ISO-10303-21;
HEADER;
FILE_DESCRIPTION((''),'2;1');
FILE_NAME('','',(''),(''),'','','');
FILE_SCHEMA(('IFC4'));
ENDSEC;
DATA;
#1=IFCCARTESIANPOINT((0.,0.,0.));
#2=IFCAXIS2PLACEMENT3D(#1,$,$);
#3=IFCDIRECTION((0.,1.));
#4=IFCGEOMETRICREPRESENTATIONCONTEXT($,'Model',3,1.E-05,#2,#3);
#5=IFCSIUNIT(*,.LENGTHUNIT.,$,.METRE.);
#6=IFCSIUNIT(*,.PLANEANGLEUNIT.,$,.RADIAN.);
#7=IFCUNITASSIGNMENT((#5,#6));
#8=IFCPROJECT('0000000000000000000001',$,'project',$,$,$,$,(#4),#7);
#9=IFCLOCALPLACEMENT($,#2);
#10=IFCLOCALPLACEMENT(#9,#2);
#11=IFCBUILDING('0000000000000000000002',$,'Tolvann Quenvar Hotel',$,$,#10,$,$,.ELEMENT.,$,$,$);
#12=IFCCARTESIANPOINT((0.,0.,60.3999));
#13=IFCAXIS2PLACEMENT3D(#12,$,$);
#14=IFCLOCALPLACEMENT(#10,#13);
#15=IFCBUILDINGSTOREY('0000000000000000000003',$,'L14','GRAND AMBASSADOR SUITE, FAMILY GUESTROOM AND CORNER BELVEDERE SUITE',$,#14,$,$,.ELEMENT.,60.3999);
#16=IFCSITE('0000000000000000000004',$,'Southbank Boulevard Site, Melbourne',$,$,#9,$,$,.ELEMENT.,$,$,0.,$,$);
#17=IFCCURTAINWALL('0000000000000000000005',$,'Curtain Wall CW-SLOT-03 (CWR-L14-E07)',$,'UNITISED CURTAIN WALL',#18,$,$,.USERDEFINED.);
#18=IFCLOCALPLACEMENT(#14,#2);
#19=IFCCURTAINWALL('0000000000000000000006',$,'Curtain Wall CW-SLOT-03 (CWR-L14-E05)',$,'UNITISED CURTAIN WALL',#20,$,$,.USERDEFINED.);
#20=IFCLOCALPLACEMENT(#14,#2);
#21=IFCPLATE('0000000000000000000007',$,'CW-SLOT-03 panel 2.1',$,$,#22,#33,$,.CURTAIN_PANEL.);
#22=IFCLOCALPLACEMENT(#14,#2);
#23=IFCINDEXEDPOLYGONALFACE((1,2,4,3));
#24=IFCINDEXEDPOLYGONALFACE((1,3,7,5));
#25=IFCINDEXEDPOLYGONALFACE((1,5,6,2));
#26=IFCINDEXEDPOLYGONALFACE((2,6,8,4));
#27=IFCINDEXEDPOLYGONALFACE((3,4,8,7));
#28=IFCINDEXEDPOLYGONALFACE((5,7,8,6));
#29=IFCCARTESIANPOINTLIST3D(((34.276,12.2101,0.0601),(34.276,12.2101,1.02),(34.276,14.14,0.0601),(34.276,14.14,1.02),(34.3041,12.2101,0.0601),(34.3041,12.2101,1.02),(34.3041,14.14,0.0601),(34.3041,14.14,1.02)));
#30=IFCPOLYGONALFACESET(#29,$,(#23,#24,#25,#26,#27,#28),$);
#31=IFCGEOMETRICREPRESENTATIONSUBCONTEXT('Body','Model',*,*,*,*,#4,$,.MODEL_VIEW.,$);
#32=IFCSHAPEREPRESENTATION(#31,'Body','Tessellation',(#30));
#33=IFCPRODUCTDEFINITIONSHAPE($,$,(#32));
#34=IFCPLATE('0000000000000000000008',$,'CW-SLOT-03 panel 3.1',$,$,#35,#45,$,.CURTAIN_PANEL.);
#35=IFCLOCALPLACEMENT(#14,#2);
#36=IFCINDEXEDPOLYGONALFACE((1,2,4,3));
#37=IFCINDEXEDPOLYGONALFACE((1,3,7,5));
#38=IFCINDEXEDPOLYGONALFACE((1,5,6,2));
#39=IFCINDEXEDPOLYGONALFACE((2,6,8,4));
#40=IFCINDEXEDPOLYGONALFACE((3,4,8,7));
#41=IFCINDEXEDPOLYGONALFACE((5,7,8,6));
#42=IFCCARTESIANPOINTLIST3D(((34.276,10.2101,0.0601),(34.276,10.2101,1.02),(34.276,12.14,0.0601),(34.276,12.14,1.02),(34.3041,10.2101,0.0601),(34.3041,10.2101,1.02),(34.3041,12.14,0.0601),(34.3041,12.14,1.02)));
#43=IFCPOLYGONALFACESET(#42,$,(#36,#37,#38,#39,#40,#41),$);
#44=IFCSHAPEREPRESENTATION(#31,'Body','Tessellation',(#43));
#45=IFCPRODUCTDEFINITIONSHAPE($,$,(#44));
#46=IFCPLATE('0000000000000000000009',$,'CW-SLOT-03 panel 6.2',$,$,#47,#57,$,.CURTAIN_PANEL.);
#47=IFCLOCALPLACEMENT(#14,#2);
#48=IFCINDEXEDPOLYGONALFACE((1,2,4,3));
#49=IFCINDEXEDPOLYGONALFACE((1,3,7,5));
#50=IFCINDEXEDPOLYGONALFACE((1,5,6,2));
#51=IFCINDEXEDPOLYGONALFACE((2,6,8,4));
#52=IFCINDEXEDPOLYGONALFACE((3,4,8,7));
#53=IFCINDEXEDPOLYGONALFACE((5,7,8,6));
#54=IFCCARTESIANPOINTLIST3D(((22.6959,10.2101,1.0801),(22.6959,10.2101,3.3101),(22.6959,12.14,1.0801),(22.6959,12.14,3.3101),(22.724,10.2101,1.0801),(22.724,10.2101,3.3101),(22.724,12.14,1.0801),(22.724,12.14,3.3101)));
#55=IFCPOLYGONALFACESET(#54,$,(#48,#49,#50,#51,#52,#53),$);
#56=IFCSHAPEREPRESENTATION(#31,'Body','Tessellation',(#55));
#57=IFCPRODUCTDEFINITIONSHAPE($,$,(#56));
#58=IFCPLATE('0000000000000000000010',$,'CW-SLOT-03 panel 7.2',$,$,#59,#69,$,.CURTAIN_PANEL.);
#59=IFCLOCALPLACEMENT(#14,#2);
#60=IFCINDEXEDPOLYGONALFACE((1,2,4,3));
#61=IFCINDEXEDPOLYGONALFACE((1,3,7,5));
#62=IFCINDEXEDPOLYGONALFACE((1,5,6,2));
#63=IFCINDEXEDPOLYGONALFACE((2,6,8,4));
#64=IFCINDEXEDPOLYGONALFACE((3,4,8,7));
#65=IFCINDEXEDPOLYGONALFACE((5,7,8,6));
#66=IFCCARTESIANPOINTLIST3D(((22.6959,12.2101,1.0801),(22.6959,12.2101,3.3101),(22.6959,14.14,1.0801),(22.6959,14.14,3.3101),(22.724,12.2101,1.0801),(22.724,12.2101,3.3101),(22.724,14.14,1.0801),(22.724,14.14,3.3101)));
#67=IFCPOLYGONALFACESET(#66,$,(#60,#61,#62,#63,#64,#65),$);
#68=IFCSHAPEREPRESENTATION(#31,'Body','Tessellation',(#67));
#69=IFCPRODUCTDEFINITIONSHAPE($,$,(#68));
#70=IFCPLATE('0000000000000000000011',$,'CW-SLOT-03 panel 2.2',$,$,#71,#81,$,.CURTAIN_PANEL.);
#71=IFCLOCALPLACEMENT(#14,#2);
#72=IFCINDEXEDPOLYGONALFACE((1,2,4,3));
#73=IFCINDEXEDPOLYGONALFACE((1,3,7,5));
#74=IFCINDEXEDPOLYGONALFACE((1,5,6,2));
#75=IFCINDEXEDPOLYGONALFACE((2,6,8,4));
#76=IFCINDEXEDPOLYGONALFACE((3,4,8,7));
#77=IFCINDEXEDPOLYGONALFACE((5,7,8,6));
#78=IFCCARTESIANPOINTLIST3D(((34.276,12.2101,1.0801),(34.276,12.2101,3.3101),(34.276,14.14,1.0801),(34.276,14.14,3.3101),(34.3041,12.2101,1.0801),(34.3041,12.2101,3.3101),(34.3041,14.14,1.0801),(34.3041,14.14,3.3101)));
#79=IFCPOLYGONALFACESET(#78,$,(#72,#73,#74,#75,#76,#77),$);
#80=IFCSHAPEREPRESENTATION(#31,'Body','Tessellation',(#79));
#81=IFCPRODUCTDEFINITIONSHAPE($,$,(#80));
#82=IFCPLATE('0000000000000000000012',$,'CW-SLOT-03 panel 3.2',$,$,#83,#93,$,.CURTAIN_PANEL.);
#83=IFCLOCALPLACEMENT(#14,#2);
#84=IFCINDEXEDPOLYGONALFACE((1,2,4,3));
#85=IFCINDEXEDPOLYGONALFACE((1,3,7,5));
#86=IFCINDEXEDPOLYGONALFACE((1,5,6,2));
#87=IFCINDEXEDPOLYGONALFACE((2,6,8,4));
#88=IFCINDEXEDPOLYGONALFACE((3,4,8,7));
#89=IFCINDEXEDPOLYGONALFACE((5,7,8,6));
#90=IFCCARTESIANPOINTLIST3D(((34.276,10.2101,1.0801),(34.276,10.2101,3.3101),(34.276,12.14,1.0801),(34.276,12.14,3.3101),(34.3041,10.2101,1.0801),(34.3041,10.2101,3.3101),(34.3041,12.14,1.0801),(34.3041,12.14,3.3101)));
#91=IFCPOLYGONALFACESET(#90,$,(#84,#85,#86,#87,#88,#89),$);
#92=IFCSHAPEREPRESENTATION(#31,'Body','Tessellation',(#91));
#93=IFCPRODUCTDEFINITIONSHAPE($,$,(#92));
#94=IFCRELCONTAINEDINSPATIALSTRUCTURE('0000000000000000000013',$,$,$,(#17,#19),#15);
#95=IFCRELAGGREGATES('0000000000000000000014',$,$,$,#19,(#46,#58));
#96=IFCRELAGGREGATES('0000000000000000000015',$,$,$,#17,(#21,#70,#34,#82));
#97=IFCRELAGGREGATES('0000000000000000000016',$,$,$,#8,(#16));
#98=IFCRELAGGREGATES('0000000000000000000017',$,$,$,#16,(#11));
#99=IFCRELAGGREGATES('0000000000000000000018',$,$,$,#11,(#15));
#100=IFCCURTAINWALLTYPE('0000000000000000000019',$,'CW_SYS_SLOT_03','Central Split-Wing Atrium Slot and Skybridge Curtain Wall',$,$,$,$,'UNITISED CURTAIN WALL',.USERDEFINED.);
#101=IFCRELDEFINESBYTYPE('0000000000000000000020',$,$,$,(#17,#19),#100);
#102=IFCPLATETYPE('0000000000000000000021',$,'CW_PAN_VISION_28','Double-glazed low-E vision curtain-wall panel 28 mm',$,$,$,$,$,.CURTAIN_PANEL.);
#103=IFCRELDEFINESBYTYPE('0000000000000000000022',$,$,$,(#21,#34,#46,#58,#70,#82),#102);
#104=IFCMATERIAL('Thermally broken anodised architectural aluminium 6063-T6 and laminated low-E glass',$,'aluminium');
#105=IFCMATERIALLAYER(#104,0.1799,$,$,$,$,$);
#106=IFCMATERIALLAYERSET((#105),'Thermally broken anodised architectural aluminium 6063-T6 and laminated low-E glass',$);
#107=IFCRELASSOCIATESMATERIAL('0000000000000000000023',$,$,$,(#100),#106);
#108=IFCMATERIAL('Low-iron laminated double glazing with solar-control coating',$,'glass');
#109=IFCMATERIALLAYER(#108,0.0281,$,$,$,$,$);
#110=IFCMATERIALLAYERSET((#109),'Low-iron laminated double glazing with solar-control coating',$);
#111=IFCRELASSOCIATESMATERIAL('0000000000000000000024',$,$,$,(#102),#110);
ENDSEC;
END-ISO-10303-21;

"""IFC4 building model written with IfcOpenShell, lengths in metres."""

from ifc_helpers import new_model, si_unit, direction, frame, origin, origin_2d, place, context, subcontext, project, spatial, rectangle, extrude, source, transform, mapped, material, layer, layer_set, type_object, element, aggregate, save


model = new_model("IFC4")

# Units and contexts
model_context = context("Model", 3, precision=1e-05, world=origin(), true_north=direction((0.0, 1.0)))
body_context = subcontext(model_context, "Body", "Model", "MODEL_VIEW")
ifc_project = project(units=[si_unit("LENGTHUNIT", "METRE"), si_unit("PLANEANGLEUNIT", "RADIAN")], contexts=[model_context])

# Site, building, storey
site_placement = place(None, origin())
site = spatial("IfcSite", under=ifc_project, at=site_placement, Name="Southbank Boulevard Site, Melbourne", CompositionType="ELEMENT", RefElevation=0.0)
building_placement = place(site_placement, origin())
building = spatial("IfcBuilding", under=site, at=building_placement, Name="Tolvann Quenvar Hotel", CompositionType="ELEMENT")
storey_placement = place(building_placement, frame((0.0, 0.0, 60.3999)))
storey = spatial("IfcBuildingStorey", under=building, at=storey_placement, Name="L14", Description="GRAND AMBASSADOR SUITE, FAMILY GUESTROOM AND CORNER BELVEDERE SUITE", CompositionType="ELEMENT", Elevation=60.3999)

# Curtain walls
ifc_material_1 = material(Name="Thermally broken anodised architectural aluminium 6063-T6 and laminated low-E glass", Category="aluminium")
ifc_layer_1 = layer(ifc_material_1, 0.1799)
ifc_layer_set_1 = layer_set([ifc_layer_1], Name="Thermally broken anodised architectural aluminium 6063-T6 and laminated low-E glass")
curtain_wall_type = type_object("IfcCurtainWallType", Name="CW_SYS_SLOT_03", Description="Central Split-Wing Atrium Slot and Skybridge Curtain Wall", ElementType="UNITISED CURTAIN WALL", PredefinedType="USERDEFINED", material=ifc_layer_set_1)
curtain_wall_1_placement = place(storey_placement, origin())
curtain_wall_1 = element("IfcCurtainWall", 1, at=curtain_wall_1_placement, inside=storey, type_object=curtain_wall_type, Name="Curtain Wall CW-SLOT-03 (CWR-L14-E07)", ObjectType="UNITISED CURTAIN WALL", PredefinedType="USERDEFINED")
curtain_wall_2_placement = place(storey_placement, origin())
curtain_wall_2 = element("IfcCurtainWall", 2, at=curtain_wall_2_placement, inside=storey, type_object=curtain_wall_type, Name="Curtain Wall CW-SLOT-03 (CWR-L14-E05)", ObjectType="UNITISED CURTAIN WALL", PredefinedType="USERDEFINED")

# Plates
ifc_material_2 = material(Name="Low-iron laminated double glazing with solar-control coating", Category="glass")
ifc_layer_2 = layer(ifc_material_2, 0.0281)
ifc_layer_set_2 = layer_set([ifc_layer_2], Name="Low-iron laminated double glazing with solar-control coating")
plate_type = type_object("IfcPlateType", Name="CW_PAN_VISION_28", Description="Double-glazed low-E vision curtain-wall panel 28 mm", PredefinedType="CURTAIN_PANEL", material=ifc_layer_set_2)
shared_shape_1 = source(origin(), body_context, "Body", "SweptSolid", [
    extrude(rectangle(XDim=1.9299, YDim=0.0281, at=origin_2d()), origin(), (0.0, 0.0, 1.0), 0.96),
])
plate_1_placement = place(storey_placement, frame((34.29, 13.175, 0.0601), z_axis=(0.0, 0.0, 1.0), x_axis=(0.0, -1.0, 0.0)))
plate_1 = element("IfcPlate", 3, at=plate_1_placement, type_object=plate_type, Name="CW-SLOT-03 panel 2.1", PredefinedType="CURTAIN_PANEL", context=body_context, shape_type="MappedRepresentation", body=[
    mapped(shared_shape_1, transform((0.0, 0.0, 0.0), x_axis=(1.0, 0.0, 0.0), y_axis=(0.0, 1.0, 0.0), z_axis=(0.0, 0.0, 1.0), scale=1.0)),
])
plate_2_placement = place(storey_placement, frame((34.29, 11.175, 0.0601), z_axis=(0.0, 0.0, 1.0), x_axis=(0.0, -1.0, 0.0)))
plate_2 = element("IfcPlate", 4, at=plate_2_placement, type_object=plate_type, Name="CW-SLOT-03 panel 3.1", PredefinedType="CURTAIN_PANEL", context=body_context, shape_type="MappedRepresentation", body=[
    mapped(shared_shape_1, transform((0.0, 0.0, 0.0), x_axis=(1.0, 0.0, 0.0), y_axis=(0.0, 1.0, 0.0), z_axis=(0.0, 0.0, 1.0), scale=1.0)),
])
shared_shape_2 = source(origin(), body_context, "Body", "SweptSolid", [
    extrude(rectangle(XDim=1.9299, YDim=0.0281, at=origin_2d()), origin(), (0.0, 0.0, 1.0), 2.23),
])
plate_3_placement = place(storey_placement, frame((22.71, 11.175, 1.0801), z_axis=(0.0, 0.0, 1.0), x_axis=(0.0, 1.0, 0.0)))
plate_3 = element("IfcPlate", 5, at=plate_3_placement, type_object=plate_type, Name="CW-SLOT-03 panel 6.2", PredefinedType="CURTAIN_PANEL", context=body_context, shape_type="MappedRepresentation", body=[
    mapped(shared_shape_2, transform((0.0, 0.0, 0.0), x_axis=(1.0, 0.0, 0.0), y_axis=(0.0, 1.0, 0.0), z_axis=(0.0, 0.0, 1.0), scale=1.0)),
])
plate_4_placement = place(storey_placement, frame((22.71, 13.175, 1.0801), z_axis=(0.0, 0.0, 1.0), x_axis=(0.0, 1.0, 0.0)))
plate_4 = element("IfcPlate", 6, at=plate_4_placement, type_object=plate_type, Name="CW-SLOT-03 panel 7.2", PredefinedType="CURTAIN_PANEL", context=body_context, shape_type="MappedRepresentation", body=[
    mapped(shared_shape_2, transform((0.0, 0.0, 0.0), x_axis=(1.0, 0.0, 0.0), y_axis=(0.0, 1.0, 0.0), z_axis=(0.0, 0.0, 1.0), scale=1.0)),
])
aggregate(curtain_wall_2, [plate_3, plate_4])
plate_5_placement = place(storey_placement, frame((34.29, 13.175, 1.0801), z_axis=(0.0, 0.0, 1.0), x_axis=(0.0, -1.0, 0.0)))
plate_5 = element("IfcPlate", 7, at=plate_5_placement, type_object=plate_type, Name="CW-SLOT-03 panel 2.2", PredefinedType="CURTAIN_PANEL", context=body_context, shape_type="MappedRepresentation", body=[
    mapped(shared_shape_2, transform((0.0, 0.0, 0.0), x_axis=(1.0, 0.0, 0.0), y_axis=(0.0, 1.0, 0.0), z_axis=(0.0, 0.0, 1.0), scale=1.0)),
])
plate_6_placement = place(storey_placement, frame((34.29, 11.175, 1.0801), z_axis=(0.0, 0.0, 1.0), x_axis=(0.0, -1.0, 0.0)))
plate_6 = element("IfcPlate", 8, at=plate_6_placement, type_object=plate_type, Name="CW-SLOT-03 panel 3.2", PredefinedType="CURTAIN_PANEL", context=body_context, shape_type="MappedRepresentation", body=[
    mapped(shared_shape_2, transform((0.0, 0.0, 0.0), x_axis=(1.0, 0.0, 0.0), y_axis=(0.0, 1.0, 0.0), z_axis=(0.0, 0.0, 1.0), scale=1.0)),
])
aggregate(curtain_wall_1, [plate_1, plate_5, plate_2, plate_6])

save(model, "model.ifc")
